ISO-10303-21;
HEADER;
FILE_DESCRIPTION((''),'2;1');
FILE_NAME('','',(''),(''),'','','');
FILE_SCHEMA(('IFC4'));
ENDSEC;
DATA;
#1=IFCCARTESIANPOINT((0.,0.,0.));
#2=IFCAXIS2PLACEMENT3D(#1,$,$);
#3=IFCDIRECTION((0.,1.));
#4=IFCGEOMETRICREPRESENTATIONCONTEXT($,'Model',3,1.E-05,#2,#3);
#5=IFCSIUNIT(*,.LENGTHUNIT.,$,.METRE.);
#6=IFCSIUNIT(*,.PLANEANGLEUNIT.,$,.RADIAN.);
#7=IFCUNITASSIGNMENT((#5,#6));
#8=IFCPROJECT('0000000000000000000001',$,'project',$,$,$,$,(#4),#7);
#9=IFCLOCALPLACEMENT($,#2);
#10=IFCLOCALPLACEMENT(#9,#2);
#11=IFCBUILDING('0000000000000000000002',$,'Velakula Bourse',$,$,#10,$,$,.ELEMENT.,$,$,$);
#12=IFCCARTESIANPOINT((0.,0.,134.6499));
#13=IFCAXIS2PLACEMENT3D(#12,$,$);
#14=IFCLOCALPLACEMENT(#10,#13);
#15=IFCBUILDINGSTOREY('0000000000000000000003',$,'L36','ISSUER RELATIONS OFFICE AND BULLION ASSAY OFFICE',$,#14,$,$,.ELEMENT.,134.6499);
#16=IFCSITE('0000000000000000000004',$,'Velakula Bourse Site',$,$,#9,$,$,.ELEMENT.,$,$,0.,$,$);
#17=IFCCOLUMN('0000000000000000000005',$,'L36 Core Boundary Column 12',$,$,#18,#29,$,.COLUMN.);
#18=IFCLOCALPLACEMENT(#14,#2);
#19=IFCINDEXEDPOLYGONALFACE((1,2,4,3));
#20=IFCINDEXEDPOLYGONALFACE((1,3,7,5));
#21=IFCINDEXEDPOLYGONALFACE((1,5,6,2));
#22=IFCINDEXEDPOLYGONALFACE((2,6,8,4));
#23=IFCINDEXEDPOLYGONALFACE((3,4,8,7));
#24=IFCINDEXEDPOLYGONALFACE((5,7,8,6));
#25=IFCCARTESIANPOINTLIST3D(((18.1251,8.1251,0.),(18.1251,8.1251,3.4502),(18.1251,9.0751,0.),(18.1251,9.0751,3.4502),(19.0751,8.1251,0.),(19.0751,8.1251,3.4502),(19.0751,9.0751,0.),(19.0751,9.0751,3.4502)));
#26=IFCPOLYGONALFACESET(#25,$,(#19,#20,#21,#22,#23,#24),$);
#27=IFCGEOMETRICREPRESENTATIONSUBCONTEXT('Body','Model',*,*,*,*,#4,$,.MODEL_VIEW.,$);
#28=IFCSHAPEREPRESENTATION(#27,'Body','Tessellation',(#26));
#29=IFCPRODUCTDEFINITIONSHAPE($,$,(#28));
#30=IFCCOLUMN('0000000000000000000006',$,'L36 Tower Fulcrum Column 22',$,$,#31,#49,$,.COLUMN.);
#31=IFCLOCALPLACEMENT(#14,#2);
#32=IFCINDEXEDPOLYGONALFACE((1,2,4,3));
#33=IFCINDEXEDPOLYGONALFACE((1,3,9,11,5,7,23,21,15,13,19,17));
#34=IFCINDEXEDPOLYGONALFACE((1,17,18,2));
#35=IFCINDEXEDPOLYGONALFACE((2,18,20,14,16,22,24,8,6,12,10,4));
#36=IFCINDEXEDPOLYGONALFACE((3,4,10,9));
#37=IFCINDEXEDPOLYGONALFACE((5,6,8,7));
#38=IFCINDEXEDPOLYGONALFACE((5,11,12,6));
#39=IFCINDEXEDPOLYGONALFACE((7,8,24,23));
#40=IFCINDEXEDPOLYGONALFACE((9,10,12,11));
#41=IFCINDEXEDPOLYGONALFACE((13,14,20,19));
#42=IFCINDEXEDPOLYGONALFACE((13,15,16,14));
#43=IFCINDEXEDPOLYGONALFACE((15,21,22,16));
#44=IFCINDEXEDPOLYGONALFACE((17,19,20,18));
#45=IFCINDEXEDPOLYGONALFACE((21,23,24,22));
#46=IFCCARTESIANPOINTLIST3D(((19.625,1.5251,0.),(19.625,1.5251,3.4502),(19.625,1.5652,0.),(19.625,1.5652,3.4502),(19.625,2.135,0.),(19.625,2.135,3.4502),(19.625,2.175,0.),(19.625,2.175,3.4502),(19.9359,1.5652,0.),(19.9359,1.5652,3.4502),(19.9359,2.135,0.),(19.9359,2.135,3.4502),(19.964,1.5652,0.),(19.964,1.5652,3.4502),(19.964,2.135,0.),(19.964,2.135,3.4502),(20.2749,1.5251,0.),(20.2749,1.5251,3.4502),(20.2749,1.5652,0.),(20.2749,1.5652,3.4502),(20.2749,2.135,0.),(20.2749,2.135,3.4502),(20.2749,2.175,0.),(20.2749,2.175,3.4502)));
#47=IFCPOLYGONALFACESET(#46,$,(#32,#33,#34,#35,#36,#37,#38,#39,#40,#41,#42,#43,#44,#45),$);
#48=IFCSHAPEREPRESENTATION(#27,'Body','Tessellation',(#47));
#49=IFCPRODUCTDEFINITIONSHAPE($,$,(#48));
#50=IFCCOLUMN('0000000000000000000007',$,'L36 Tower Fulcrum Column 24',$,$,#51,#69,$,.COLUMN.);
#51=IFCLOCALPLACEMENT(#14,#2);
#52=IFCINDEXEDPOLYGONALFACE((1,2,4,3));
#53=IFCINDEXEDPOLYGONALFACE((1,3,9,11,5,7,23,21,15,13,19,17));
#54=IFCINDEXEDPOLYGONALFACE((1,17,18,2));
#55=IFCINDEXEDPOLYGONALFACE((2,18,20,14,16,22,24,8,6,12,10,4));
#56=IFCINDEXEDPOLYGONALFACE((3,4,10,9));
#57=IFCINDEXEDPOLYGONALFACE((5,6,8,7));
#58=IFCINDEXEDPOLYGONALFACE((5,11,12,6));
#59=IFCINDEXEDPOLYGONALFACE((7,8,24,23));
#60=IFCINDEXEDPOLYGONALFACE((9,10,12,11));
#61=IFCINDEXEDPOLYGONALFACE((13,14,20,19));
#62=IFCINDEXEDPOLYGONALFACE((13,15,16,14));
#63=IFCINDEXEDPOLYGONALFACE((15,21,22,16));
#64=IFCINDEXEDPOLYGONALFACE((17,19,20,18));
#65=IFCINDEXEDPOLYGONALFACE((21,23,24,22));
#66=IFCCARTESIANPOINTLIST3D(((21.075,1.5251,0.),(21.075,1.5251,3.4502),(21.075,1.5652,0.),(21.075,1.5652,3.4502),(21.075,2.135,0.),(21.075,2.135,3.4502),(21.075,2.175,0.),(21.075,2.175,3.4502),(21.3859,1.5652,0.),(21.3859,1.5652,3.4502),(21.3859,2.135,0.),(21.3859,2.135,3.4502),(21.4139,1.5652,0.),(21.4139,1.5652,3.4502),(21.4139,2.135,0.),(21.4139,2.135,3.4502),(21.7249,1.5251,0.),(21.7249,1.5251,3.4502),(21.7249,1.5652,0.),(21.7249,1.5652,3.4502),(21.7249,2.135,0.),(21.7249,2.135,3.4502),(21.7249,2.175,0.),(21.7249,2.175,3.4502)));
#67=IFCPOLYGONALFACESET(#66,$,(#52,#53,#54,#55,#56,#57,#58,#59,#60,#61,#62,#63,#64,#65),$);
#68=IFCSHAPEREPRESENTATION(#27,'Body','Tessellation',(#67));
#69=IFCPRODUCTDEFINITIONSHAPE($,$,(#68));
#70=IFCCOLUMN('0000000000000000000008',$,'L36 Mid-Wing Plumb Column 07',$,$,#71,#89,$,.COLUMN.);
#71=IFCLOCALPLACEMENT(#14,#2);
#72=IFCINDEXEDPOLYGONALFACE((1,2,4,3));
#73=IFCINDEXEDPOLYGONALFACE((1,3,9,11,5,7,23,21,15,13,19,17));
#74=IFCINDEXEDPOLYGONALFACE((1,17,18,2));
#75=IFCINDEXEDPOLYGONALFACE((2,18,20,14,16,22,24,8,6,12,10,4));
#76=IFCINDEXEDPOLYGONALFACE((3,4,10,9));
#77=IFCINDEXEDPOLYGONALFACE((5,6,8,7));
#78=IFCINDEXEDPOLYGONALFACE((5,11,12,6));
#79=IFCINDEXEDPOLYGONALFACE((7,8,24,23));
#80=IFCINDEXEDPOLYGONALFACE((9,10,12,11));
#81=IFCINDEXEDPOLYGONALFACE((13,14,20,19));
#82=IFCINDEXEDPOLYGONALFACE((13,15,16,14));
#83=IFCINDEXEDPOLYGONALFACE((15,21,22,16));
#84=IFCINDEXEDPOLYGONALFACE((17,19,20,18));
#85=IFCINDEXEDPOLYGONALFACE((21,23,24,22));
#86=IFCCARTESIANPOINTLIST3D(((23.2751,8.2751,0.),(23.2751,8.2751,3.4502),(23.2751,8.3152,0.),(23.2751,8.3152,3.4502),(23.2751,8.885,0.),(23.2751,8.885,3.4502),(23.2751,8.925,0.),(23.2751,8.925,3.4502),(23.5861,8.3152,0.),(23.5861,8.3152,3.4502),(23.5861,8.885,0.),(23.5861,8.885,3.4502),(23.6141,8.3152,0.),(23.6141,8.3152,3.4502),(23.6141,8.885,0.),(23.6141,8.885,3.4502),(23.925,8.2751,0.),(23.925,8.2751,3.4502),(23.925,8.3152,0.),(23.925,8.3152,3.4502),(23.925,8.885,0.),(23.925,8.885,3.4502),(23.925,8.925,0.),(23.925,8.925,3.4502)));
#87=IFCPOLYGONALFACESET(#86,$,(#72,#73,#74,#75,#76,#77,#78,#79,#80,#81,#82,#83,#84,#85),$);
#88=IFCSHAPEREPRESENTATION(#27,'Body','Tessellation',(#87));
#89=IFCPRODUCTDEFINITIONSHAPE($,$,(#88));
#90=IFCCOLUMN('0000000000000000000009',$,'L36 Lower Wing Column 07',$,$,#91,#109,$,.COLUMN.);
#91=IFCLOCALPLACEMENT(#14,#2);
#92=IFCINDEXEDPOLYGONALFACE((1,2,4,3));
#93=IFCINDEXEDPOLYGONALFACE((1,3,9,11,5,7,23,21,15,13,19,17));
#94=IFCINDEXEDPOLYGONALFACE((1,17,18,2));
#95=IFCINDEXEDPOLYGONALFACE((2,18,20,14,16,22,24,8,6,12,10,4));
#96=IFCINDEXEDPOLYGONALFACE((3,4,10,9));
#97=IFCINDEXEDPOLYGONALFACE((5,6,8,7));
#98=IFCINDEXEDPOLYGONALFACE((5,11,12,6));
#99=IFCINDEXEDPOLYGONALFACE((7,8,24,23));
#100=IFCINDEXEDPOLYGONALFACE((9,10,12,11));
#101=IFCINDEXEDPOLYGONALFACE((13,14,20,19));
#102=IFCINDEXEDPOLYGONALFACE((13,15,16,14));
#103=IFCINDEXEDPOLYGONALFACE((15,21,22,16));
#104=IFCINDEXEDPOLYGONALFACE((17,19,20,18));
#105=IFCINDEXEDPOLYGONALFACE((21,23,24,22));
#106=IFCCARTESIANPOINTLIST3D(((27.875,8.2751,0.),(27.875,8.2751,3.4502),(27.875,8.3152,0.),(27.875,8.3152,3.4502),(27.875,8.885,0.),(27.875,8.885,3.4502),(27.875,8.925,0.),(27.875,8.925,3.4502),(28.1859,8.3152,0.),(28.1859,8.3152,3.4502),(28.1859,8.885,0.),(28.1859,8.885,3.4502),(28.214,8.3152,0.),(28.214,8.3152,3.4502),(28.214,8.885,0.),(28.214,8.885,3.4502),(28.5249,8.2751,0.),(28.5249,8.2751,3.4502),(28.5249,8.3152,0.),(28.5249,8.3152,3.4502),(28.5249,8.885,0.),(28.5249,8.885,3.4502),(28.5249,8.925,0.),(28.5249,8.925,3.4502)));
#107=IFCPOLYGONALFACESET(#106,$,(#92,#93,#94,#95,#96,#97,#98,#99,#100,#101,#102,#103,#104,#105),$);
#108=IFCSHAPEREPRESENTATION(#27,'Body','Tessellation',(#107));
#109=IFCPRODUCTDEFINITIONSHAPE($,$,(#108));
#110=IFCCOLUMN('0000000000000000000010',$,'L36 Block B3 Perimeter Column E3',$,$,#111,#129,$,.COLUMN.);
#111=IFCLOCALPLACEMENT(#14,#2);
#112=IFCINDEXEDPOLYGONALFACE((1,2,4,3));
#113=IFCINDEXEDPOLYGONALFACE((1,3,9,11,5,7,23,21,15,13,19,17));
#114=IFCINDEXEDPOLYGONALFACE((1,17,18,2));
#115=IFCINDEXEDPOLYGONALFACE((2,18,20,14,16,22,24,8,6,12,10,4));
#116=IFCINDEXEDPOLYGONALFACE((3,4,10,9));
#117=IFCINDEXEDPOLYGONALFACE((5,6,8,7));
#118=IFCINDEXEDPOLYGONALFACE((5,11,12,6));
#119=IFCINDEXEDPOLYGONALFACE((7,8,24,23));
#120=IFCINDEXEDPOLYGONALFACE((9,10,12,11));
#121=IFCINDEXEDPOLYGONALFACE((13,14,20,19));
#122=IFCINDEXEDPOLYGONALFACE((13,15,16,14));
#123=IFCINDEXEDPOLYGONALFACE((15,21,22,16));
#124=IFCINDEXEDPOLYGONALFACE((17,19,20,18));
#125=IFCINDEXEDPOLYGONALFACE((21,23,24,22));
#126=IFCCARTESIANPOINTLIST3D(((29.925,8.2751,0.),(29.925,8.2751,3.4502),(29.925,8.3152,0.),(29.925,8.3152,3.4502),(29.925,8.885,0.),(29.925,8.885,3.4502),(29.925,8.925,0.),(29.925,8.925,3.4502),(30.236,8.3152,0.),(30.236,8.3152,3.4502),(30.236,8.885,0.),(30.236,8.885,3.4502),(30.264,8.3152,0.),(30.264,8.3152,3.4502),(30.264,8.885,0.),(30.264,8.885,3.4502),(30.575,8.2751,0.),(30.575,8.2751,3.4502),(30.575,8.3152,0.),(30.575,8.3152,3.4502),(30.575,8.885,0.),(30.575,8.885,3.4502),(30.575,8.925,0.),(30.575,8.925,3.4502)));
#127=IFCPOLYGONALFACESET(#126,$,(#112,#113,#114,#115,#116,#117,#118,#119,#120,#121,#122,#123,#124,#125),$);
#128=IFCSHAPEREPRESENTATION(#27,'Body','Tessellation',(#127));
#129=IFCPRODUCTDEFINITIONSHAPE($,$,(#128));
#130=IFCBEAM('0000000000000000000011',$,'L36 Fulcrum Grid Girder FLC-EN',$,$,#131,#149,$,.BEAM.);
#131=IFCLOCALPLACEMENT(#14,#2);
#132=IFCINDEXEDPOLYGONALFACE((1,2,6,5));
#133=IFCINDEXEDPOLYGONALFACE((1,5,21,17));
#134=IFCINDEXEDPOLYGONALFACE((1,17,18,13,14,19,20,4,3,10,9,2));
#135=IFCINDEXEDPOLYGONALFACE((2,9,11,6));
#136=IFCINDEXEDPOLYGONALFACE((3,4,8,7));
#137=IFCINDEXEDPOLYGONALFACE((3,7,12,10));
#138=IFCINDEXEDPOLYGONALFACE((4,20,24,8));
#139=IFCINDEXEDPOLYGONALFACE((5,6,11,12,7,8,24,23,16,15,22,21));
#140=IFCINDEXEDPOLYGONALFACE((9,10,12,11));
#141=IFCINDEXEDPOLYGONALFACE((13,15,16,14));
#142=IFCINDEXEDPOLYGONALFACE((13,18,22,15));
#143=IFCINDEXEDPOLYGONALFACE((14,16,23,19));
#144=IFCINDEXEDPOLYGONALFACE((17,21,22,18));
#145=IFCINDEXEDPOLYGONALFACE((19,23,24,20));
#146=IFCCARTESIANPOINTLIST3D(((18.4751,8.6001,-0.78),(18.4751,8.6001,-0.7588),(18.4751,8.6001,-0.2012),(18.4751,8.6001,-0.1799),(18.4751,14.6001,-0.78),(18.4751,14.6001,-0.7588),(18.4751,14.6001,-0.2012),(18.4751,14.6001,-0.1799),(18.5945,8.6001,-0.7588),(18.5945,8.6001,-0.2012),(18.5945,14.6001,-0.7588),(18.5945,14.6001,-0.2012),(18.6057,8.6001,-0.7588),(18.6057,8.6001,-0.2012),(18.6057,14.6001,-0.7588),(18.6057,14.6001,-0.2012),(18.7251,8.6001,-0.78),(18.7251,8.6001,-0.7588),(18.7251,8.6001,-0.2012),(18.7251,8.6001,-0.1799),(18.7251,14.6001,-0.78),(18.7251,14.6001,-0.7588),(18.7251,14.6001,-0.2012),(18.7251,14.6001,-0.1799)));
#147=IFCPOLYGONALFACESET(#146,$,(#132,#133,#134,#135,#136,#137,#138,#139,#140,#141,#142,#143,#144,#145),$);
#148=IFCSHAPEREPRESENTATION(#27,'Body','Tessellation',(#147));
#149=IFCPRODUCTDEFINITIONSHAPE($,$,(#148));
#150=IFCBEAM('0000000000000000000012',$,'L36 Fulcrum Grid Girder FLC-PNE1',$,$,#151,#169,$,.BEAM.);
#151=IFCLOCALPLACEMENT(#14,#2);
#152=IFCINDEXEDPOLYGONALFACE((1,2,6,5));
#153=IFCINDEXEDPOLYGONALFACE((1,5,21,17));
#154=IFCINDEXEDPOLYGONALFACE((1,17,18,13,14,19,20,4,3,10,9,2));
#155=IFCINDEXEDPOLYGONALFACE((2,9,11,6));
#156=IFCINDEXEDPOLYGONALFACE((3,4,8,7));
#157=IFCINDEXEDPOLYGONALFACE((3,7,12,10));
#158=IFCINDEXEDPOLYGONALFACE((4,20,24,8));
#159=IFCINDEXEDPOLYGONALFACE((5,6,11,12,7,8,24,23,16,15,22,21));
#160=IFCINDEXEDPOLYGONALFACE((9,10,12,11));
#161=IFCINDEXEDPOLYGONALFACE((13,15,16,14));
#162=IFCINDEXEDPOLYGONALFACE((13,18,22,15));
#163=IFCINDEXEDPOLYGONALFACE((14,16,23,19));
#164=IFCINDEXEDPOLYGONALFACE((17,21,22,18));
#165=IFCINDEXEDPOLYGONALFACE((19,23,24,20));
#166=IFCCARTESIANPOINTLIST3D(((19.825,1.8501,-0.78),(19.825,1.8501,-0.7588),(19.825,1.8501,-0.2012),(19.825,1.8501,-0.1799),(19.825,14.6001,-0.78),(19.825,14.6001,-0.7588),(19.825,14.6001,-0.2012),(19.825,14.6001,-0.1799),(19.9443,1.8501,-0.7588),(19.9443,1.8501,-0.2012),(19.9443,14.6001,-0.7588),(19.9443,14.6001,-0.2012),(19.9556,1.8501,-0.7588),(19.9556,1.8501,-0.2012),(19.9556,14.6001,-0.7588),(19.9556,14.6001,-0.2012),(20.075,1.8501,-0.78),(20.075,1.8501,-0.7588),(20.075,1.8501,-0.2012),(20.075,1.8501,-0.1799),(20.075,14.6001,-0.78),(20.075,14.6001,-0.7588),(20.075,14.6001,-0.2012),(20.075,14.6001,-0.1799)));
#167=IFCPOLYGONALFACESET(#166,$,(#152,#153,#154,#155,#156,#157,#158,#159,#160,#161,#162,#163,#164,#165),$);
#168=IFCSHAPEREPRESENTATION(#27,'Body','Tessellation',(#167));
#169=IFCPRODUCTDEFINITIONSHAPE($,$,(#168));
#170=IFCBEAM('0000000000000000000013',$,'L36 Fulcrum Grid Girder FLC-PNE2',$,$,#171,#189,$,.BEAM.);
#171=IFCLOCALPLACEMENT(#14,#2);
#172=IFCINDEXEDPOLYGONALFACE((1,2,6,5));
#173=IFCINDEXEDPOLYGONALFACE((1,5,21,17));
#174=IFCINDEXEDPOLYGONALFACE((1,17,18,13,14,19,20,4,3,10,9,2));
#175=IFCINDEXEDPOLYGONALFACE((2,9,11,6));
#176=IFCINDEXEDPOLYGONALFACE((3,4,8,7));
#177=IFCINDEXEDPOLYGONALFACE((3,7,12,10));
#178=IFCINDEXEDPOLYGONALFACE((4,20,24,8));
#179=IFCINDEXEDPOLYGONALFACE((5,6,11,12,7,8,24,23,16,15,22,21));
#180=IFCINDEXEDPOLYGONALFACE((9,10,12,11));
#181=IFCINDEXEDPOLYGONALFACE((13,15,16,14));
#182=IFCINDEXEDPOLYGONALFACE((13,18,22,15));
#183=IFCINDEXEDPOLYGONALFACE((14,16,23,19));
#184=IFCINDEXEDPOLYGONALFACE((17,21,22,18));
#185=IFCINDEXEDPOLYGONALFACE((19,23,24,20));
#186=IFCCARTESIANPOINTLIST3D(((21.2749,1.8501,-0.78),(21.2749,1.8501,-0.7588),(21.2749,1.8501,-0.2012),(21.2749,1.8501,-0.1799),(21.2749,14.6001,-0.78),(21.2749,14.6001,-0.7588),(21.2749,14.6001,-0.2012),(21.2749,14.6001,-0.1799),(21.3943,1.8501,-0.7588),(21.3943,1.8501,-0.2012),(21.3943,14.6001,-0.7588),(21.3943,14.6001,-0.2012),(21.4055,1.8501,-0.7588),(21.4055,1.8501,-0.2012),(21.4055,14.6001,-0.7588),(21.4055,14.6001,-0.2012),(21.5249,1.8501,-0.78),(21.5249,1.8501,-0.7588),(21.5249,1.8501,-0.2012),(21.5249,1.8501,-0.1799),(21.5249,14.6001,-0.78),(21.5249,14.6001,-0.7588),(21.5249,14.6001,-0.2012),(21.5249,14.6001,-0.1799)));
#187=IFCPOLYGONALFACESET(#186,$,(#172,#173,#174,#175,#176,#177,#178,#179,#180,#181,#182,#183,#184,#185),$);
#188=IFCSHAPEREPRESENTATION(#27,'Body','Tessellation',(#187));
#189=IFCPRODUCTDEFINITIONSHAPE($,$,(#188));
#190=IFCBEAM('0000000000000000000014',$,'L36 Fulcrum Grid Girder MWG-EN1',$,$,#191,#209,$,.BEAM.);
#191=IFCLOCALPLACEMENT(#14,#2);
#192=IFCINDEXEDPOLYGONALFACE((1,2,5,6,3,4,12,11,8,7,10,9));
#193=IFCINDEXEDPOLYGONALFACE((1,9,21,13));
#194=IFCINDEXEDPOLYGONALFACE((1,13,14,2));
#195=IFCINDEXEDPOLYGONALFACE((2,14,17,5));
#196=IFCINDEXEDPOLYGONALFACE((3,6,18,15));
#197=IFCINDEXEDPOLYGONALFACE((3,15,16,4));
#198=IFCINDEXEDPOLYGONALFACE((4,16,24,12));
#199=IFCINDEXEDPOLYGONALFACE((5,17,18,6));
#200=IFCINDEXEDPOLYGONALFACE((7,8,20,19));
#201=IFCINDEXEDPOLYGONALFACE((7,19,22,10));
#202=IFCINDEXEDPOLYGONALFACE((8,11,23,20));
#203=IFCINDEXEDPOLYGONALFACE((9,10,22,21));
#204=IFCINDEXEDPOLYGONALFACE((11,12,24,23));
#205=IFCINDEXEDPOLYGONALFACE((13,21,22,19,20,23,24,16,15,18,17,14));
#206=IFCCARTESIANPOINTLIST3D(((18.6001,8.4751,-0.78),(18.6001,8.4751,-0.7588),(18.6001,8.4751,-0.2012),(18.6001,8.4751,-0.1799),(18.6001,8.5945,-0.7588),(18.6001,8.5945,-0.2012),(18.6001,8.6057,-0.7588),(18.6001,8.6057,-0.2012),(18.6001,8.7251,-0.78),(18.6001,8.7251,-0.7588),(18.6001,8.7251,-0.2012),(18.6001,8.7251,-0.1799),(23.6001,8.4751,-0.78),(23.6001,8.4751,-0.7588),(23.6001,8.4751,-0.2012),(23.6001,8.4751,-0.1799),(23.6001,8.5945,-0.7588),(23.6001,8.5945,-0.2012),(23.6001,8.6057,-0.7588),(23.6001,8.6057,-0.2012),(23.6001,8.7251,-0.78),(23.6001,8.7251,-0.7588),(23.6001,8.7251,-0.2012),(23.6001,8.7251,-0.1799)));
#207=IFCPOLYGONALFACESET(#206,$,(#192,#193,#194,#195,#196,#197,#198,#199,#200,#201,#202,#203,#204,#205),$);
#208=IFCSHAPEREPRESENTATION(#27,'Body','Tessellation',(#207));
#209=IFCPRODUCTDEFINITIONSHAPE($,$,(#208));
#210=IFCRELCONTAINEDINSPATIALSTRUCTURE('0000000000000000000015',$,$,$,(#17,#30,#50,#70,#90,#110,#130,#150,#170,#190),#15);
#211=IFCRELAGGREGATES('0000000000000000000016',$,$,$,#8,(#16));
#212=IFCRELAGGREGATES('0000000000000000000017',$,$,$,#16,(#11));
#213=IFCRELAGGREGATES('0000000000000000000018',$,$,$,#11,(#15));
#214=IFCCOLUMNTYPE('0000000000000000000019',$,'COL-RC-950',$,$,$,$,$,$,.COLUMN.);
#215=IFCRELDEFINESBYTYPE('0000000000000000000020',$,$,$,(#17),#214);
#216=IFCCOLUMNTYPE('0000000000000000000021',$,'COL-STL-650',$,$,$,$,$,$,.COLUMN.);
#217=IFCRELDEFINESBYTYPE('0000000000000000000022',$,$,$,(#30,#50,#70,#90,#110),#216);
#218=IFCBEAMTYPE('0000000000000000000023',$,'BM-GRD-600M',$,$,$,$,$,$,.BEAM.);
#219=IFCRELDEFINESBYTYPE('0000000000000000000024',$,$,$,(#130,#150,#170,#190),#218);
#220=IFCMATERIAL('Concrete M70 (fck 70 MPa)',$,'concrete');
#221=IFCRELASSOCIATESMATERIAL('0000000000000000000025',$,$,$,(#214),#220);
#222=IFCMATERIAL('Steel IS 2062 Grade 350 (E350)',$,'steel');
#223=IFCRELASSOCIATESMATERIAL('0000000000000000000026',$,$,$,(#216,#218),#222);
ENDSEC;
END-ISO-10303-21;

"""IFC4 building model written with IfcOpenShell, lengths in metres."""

from ifc_helpers import new_model, si_unit, direction, frame, origin, origin_2d, place, context, subcontext, project, spatial, rectangle, i_section, extrude, material, material_profile, profile_set, type_object, element, save


model = new_model("IFC4")

# Units and contexts
model_context = context("Model", 3, precision=1e-05, world=origin(), true_north=direction((0.0, 1.0)))
body_context = subcontext(model_context, "Body", "Model", "MODEL_VIEW")
ifc_project = project(units=[si_unit("LENGTHUNIT", "METRE"), si_unit("PLANEANGLEUNIT", "RADIAN")], contexts=[model_context])

# Site, building, storey
site_placement = place(None, origin())
site = spatial("IfcSite", under=ifc_project, at=site_placement, Name="Velakula Bourse Site", CompositionType="ELEMENT", RefElevation=0.0)
building_placement = place(site_placement, origin())
building = spatial("IfcBuilding", under=site, at=building_placement, Name="Velakula Bourse", CompositionType="ELEMENT")
storey_placement = place(building_placement, frame((0.0, 0.0, 134.6499)))
storey = spatial("IfcBuildingStorey", under=building, at=storey_placement, Name="L36", Description="ISSUER RELATIONS OFFICE AND BULLION ASSAY OFFICE", CompositionType="ELEMENT", Elevation=134.6499)

# Columns
ifc_material_1 = material(Name="Concrete M70 (fck 70 MPa)", Category="concrete")
ifc_material_profile_1 = material_profile(ifc_material_1, rectangle(XDim=0.95, YDim=0.95, at=origin_2d()), Name="Concrete M70 (fck 70 MPa)")
ifc_profile_set_1 = profile_set([ifc_material_profile_1], Name="Concrete M70 (fck 70 MPa)")
column_type_1 = type_object("IfcColumnType", Name="COL-RC-950", PredefinedType="COLUMN", material=ifc_profile_set_1)
column_placement = place(storey_placement, frame((18.6001, 8.6001, 0.0), z_axis=(0.0, 0.0, 1.0), x_axis=(1.0, 0.0, 0.0)))
element("IfcColumn", 1, at=column_placement, inside=storey, type_object=column_type_1, Name="L36 Core Boundary Column 12", PredefinedType="COLUMN", context=body_context, shape_type="SweptSolid", body=[
    extrude(rectangle(XDim=0.95, YDim=0.95, at=origin_2d()), origin(), (0.0, 0.0, 1.0), 3.4502),
])
ifc_material_2 = material(Name="Steel IS 2062 Grade 350 (E350)", Category="steel")
ifc_material_profile_2 = material_profile(ifc_material_2, i_section(OverallWidth=0.6499, OverallDepth=0.6499, WebThickness=0.0281, FlangeThickness=0.04, at=origin_2d()), Name="Steel IS 2062 Grade 350 (E350)")
ifc_profile_set_2 = profile_set([ifc_material_profile_2], Name="Steel IS 2062 Grade 350 (E350)")
column_type_2 = type_object("IfcColumnType", Name="COL-STL-650", PredefinedType="COLUMN", material=ifc_profile_set_2)
for number, where, z_axis, x_axis, name in (
    (2, (19.95, 1.8501, 0.0), (0.0, 0.0, 1.0), (1.0, 0.0, 0.0), "L36 Tower Fulcrum Column 22"),
    (3, (21.3999, 1.8501, 0.0), (0.0, 0.0, 1.0), (1.0, 0.0, 0.0), "L36 Tower Fulcrum Column 24"),
    (4, (23.6001, 8.6001, 0.0), (0.0, 0.0, 1.0), (1.0, 0.0, 0.0), "L36 Mid-Wing Plumb Column 07"),
    (5, (28.2, 8.6001, 0.0), (0.0, 0.0, 1.0), (1.0, 0.0, 0.0), "L36 Lower Wing Column 07"),
    (6, (30.25, 8.6001, 0.0), (0.0, 0.0, 1.0), (1.0, 0.0, 0.0), "L36 Block B3 Perimeter Column E3"),
):
    element("IfcColumn", number, at=place(storey_placement, frame(where, z_axis=z_axis, x_axis=x_axis)), inside=storey, type_object=column_type_2, Name=name, PredefinedType="COLUMN", context=body_context, shape_type="SweptSolid", body=[
        extrude(i_section(OverallWidth=0.6499, OverallDepth=0.6499, WebThickness=0.0281, FlangeThickness=0.04, at=origin_2d()), origin(), (0.0, 0.0, 1.0), 3.4502),
    ])

# Beams
ifc_material_profile_3 = material_profile(ifc_material_2, i_section(OverallWidth=0.25, OverallDepth=0.6001, WebThickness=0.0112, FlangeThickness=0.0212, at=origin_2d()), Name="Steel IS 2062 Grade 350 (E350)")
ifc_profile_set_3 = profile_set([ifc_material_profile_3], Name="Steel IS 2062 Grade 350 (E350)")
beam_type_1 = type_object("IfcBeamType", Name="BM-GRD-600M", PredefinedType="BEAM", material=ifc_profile_set_3)
beam_1_placement = place(storey_placement, frame((18.6001, 8.6001, -0.48), z_axis=(0.0, 1.0, 0.0), x_axis=(-1.0, 0.0, 0.0)))
element("IfcBeam", 7, at=beam_1_placement, inside=storey, type_object=beam_type_1, Name="L36 Fulcrum Grid Girder FLC-EN", PredefinedType="BEAM", context=body_context, shape_type="SweptSolid", body=[
    extrude(i_section(OverallWidth=0.25, OverallDepth=0.6001, WebThickness=0.0112, FlangeThickness=0.0212, at=origin_2d()), origin(), (0.0, 0.0, 1.0), 6.0),
])
for number, where, z_axis, x_axis, name in (
    (8, (19.95, 1.8501, -0.48), (0.0, 1.0, 0.0), (-1.0, 0.0, 0.0), "L36 Fulcrum Grid Girder FLC-PNE1"),
    (9, (21.3999, 1.8501, -0.48), (0.0, 1.0, 0.0), (-1.0, 0.0, 0.0), "L36 Fulcrum Grid Girder FLC-PNE2"),
):
    element("IfcBeam", number, at=place(storey_placement, frame(where, z_axis=z_axis, x_axis=x_axis)), inside=storey, type_object=beam_type_1, Name=name, PredefinedType="BEAM", context=body_context, shape_type="SweptSolid", body=[
        extrude(i_section(OverallWidth=0.25, OverallDepth=0.6001, WebThickness=0.0112, FlangeThickness=0.0212, at=origin_2d()), origin(), (0.0, 0.0, 1.0), 12.75),
    ])
beam_2_placement = place(storey_placement, frame((18.6001, 8.6001, -0.48), z_axis=(1.0, 0.0, 0.0), x_axis=(0.0, 1.0, 0.0)))
element("IfcBeam", 10, at=beam_2_placement, inside=storey, type_object=beam_type_1, Name="L36 Fulcrum Grid Girder MWG-EN1", PredefinedType="BEAM", context=body_context, shape_type="SweptSolid", body=[
    extrude(i_section(OverallWidth=0.25, OverallDepth=0.6001, WebThickness=0.0112, FlangeThickness=0.0212, at=origin_2d()), origin(), (0.0, 0.0, 1.0), 5.0),
])

save(model, "model.ifc")
